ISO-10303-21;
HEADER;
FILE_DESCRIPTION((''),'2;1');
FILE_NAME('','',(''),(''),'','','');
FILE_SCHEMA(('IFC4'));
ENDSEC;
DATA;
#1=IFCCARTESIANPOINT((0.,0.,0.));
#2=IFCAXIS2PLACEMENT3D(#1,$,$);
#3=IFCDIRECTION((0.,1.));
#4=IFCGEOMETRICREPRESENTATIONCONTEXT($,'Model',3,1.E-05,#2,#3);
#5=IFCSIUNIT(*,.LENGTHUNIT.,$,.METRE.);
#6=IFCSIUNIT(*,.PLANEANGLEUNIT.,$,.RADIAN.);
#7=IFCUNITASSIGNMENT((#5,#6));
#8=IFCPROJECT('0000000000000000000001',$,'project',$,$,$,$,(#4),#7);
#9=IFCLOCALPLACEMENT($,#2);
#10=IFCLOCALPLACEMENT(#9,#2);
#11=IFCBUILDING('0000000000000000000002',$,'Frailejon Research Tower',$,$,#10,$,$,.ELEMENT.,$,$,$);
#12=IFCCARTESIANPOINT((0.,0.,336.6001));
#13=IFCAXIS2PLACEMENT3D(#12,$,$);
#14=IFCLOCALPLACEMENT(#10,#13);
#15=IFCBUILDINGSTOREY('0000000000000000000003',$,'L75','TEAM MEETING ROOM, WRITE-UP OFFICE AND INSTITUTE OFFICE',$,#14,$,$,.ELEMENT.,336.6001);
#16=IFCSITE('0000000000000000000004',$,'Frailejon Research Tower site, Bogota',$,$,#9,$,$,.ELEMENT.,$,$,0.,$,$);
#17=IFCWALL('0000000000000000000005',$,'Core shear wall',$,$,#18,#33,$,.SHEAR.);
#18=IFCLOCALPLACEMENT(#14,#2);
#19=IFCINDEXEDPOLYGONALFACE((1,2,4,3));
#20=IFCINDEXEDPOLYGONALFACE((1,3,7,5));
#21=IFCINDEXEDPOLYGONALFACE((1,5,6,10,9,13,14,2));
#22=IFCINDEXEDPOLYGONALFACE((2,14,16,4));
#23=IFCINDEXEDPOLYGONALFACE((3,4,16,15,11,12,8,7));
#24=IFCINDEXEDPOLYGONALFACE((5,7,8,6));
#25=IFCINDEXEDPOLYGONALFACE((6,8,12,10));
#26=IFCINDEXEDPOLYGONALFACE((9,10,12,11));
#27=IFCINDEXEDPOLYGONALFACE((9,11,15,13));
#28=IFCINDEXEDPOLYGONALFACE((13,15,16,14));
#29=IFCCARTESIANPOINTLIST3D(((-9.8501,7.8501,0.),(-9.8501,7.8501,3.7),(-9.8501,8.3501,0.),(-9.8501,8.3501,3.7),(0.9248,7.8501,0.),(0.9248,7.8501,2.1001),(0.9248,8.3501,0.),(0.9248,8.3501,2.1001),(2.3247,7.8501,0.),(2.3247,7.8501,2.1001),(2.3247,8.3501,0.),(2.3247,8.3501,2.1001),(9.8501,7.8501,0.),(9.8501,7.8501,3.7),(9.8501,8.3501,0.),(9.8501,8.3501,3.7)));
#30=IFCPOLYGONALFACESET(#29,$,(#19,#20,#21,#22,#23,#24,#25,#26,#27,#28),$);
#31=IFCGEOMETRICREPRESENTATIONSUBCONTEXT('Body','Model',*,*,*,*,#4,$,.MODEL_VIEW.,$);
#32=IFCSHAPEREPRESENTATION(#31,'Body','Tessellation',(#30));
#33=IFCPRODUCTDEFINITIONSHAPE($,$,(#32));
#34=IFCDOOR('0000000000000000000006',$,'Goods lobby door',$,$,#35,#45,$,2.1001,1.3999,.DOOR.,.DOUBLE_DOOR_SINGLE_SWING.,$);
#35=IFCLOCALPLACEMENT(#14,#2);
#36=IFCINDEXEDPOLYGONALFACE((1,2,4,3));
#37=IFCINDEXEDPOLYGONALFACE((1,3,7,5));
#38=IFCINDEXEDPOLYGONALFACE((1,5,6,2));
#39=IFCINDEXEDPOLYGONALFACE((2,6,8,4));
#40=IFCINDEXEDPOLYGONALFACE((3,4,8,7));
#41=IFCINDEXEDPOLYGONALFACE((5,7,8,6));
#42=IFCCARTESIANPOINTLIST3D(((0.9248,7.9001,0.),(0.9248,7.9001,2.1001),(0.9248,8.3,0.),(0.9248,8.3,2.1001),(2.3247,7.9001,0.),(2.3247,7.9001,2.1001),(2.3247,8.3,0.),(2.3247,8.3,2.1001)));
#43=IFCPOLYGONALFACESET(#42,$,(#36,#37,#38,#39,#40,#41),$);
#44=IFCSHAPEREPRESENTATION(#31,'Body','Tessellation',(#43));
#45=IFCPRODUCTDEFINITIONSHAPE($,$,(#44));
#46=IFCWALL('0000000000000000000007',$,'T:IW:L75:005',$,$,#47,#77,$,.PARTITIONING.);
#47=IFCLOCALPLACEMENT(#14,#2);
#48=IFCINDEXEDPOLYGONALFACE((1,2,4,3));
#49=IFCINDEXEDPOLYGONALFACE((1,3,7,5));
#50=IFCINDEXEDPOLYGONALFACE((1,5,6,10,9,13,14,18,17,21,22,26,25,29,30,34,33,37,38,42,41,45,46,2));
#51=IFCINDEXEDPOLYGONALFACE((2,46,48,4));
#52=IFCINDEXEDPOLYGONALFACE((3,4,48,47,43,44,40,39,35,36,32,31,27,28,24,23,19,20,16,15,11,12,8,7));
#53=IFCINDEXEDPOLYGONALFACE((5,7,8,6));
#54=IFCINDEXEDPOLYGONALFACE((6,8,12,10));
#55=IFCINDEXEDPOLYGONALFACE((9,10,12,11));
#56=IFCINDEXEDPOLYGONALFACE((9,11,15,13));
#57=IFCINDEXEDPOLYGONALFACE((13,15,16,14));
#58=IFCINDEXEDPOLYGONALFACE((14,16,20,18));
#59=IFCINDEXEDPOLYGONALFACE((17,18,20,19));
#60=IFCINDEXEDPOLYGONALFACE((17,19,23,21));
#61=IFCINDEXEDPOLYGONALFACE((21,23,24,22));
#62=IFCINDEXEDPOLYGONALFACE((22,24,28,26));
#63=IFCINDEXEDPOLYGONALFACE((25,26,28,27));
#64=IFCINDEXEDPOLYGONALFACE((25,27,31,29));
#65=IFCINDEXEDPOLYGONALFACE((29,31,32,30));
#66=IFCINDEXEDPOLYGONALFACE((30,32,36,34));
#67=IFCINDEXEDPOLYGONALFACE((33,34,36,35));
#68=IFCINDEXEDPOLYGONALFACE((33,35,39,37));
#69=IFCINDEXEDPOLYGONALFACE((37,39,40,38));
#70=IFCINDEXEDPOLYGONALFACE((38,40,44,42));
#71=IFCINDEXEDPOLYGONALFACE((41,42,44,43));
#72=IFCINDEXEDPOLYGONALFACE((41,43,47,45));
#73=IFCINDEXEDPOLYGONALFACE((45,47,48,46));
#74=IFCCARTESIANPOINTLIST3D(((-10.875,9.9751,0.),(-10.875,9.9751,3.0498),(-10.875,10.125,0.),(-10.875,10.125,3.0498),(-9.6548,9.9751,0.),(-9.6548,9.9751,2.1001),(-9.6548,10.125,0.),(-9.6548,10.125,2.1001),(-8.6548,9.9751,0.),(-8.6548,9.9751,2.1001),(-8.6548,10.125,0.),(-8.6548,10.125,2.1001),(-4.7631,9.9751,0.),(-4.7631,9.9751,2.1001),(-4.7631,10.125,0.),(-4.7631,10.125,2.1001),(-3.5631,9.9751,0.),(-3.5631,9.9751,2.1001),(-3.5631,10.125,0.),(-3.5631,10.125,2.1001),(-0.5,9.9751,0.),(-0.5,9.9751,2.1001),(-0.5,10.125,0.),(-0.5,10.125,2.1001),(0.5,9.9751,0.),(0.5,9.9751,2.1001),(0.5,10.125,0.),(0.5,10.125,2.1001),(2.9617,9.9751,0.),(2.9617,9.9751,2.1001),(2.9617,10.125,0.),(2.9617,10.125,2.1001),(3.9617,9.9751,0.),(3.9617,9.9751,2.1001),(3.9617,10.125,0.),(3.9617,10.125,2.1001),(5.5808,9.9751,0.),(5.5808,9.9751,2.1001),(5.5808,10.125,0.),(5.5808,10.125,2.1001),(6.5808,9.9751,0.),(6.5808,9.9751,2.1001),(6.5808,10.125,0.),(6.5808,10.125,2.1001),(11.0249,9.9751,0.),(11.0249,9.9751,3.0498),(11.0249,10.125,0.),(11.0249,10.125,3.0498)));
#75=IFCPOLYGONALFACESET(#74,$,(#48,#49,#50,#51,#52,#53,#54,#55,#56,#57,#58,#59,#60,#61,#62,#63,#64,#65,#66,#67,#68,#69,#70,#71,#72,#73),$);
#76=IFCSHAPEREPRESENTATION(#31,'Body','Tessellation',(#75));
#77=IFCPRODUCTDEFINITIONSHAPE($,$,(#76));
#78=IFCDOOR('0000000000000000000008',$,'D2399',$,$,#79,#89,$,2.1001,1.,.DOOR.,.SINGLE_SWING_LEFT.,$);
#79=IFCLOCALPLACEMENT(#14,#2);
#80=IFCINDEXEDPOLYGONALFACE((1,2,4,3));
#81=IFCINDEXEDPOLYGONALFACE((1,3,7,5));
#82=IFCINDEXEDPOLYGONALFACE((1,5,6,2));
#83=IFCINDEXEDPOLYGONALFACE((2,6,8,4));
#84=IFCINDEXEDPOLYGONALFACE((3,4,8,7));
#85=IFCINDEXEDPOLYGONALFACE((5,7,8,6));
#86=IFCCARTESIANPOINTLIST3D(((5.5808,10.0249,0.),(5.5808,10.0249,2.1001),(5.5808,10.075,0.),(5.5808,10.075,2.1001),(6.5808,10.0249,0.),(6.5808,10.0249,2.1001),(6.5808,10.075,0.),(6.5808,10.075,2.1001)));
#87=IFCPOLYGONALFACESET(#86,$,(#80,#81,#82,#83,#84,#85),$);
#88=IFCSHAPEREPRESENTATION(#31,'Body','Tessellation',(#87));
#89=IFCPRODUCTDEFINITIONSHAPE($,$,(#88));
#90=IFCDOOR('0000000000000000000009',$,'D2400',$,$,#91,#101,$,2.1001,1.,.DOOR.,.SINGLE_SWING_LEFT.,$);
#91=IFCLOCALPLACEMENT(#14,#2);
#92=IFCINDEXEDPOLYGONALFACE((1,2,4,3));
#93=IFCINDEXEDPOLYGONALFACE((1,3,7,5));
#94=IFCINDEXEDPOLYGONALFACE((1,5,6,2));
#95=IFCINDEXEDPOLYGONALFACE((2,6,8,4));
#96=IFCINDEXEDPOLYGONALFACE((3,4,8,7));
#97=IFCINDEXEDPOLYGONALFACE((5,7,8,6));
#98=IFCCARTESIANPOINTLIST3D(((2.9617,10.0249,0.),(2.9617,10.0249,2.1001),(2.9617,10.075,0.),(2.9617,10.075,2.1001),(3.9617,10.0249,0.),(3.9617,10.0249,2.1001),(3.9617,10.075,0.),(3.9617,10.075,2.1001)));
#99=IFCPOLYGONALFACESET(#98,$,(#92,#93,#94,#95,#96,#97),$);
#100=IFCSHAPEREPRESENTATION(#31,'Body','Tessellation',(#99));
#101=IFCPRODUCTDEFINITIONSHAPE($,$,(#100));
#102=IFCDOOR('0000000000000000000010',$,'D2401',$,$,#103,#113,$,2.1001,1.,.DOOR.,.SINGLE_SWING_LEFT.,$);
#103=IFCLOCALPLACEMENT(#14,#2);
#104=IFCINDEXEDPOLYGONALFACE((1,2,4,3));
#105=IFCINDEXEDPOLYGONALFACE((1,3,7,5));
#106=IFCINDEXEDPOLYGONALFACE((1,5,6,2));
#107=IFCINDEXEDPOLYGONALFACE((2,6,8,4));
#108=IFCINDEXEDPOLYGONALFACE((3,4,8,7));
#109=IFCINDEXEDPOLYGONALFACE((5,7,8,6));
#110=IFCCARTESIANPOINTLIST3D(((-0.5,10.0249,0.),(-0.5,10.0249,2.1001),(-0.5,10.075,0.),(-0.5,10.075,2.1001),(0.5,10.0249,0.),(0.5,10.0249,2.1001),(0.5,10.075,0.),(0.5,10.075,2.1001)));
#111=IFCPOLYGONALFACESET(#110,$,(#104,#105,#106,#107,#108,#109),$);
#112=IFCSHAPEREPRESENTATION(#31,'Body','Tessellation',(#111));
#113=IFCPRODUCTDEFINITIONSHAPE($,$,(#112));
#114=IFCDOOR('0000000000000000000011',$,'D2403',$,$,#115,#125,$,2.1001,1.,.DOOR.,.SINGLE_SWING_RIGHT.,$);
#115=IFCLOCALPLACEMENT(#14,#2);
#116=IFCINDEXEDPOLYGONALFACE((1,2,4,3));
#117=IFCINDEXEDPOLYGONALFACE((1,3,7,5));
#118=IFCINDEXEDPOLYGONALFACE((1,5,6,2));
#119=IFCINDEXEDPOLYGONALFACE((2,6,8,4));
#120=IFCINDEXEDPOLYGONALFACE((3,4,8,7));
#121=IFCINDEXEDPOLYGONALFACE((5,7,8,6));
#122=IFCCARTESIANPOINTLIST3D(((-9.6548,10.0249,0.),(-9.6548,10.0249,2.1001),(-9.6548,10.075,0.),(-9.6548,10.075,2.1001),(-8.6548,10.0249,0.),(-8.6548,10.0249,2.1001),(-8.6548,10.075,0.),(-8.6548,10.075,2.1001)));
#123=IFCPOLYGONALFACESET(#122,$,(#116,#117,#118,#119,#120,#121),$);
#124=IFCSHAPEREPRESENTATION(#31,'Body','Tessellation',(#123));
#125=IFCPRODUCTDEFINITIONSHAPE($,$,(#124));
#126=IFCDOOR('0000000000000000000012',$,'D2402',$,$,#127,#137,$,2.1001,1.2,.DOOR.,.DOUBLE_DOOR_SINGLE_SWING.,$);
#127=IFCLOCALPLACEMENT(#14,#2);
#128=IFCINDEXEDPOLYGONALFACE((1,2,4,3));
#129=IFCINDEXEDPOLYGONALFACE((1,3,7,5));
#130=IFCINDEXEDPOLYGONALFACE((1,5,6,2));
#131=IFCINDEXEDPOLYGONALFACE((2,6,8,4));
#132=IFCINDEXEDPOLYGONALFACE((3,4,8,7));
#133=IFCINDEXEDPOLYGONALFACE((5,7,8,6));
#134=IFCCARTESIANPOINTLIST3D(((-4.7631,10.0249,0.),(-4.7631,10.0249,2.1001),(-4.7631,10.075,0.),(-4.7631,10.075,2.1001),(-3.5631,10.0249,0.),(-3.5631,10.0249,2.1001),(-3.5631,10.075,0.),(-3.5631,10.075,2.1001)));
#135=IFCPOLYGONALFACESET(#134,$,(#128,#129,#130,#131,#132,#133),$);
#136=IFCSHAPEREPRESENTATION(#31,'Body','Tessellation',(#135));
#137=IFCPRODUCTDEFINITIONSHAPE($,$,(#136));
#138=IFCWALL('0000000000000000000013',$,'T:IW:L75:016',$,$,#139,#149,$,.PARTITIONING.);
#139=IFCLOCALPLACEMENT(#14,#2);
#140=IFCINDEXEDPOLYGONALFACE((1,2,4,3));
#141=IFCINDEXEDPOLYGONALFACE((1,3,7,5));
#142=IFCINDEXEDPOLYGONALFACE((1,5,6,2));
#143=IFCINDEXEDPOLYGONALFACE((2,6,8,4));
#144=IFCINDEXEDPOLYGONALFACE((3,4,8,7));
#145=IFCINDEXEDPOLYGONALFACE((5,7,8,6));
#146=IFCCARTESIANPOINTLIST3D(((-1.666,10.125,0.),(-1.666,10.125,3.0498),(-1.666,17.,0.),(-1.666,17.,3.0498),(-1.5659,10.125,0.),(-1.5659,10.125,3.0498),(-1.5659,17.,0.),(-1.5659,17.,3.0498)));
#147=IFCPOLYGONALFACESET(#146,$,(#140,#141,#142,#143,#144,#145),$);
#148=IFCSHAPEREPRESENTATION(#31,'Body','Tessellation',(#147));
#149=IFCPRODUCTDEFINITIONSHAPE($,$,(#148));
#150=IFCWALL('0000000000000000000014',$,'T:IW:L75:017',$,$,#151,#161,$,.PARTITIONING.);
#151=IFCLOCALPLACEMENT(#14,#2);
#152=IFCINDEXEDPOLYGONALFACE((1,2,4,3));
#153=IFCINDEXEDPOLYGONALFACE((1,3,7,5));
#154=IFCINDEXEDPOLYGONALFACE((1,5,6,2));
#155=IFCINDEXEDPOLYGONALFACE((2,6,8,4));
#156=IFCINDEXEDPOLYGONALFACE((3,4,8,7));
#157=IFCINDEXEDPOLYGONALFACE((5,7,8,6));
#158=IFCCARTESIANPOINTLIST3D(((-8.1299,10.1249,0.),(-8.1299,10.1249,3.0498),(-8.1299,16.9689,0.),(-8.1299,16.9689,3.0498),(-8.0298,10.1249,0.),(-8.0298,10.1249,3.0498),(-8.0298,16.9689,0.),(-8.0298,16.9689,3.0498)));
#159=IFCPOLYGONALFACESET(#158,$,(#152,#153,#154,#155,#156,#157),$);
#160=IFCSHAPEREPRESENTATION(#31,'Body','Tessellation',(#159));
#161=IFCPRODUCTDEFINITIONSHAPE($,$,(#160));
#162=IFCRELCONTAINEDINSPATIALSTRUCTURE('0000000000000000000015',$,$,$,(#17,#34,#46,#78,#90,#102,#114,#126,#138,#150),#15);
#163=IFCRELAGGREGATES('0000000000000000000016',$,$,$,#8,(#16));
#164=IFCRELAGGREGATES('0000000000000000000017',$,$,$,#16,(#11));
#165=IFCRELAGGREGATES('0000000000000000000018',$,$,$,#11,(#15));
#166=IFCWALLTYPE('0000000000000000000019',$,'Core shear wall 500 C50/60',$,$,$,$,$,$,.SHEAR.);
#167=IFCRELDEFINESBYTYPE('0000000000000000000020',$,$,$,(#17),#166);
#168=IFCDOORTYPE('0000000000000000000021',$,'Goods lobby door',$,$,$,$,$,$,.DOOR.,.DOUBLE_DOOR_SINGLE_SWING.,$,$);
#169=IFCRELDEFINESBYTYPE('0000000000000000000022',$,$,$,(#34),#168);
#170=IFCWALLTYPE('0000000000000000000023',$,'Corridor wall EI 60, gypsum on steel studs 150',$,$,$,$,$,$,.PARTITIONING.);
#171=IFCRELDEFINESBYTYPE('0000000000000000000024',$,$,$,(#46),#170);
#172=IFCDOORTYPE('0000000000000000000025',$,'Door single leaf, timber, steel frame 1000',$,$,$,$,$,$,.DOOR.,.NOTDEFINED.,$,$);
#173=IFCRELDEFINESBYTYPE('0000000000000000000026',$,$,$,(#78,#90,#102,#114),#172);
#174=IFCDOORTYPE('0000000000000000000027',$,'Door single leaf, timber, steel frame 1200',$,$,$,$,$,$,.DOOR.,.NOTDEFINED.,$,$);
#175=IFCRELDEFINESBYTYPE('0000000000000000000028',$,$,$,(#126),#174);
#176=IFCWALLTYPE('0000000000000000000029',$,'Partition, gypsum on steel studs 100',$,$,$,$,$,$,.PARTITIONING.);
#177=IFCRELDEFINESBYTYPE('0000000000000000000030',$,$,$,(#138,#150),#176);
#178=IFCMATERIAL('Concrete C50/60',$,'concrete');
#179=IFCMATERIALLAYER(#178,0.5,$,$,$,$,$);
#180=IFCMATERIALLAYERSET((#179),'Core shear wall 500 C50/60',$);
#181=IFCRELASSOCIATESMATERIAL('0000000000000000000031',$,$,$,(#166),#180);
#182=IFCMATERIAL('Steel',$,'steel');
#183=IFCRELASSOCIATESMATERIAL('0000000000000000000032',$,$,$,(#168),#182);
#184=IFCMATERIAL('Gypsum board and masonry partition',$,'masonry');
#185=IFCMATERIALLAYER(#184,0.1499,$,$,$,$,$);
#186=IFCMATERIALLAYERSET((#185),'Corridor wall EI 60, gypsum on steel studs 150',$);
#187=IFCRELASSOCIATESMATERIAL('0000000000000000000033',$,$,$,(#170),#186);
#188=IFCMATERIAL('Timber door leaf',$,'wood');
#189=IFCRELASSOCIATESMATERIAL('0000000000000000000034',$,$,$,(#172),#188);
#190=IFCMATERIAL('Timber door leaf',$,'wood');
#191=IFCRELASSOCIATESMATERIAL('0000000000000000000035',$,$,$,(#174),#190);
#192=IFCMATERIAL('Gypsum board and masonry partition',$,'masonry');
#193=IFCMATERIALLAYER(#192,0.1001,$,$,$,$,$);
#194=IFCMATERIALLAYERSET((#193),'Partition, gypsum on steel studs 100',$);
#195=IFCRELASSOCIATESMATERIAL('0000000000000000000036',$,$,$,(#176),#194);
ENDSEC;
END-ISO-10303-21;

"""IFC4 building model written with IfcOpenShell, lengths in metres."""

from ifc_helpers import new_model, si_unit, direction, frame, frame_2d, origin, place, context, subcontext, project, spatial, rectangle, extrude, material, layer, layer_set, type_object, element, fill, save


model = new_model("IFC4")

# Units and contexts
model_context = context("Model", 3, precision=1e-05, world=origin(), true_north=direction((0.0, 1.0)))
body_context = subcontext(model_context, "Body", "Model", "MODEL_VIEW")
ifc_project = project(units=[si_unit("LENGTHUNIT", "METRE"), si_unit("PLANEANGLEUNIT", "RADIAN")], contexts=[model_context])

# Site, building, storey
site_placement = place(None, origin())
site = spatial("IfcSite", under=ifc_project, at=site_placement, Name="Frailejon Research Tower site, Bogota", CompositionType="ELEMENT", RefElevation=0.0)
building_placement = place(site_placement, origin())
building = spatial("IfcBuilding", under=site, at=building_placement, Name="Frailejon Research Tower", CompositionType="ELEMENT")
storey_placement = place(building_placement, frame((0.0, 0.0, 336.6001)))
storey = spatial("IfcBuildingStorey", under=building, at=storey_placement, Name="L75", Description="TEAM MEETING ROOM, WRITE-UP OFFICE AND INSTITUTE OFFICE", CompositionType="ELEMENT", Elevation=336.6001)

# Wall, opening, door
ifc_material_1 = material(Name="Concrete C50/60", Category="concrete")
ifc_layer_1 = layer(ifc_material_1, 0.5)
ifc_layer_set_1 = layer_set([ifc_layer_1], Name="Core shear wall 500 C50/60")
wall_type_1 = type_object("IfcWallType", Name="Core shear wall 500 C50/60", PredefinedType="SHEAR", material=ifc_layer_set_1)
wall_1_placement = place(storey_placement, frame((-9.8501, 8.1001, 0.0), z_axis=(0.0, 0.0, 1.0), x_axis=(1.0, 0.0, 0.0)))
wall_1 = element("IfcWall", 1, at=wall_1_placement, inside=storey, type_object=wall_type_1, Name="Core shear wall", PredefinedType="SHEAR", context=body_context, shape_type="SweptSolid", body=[
    extrude(rectangle(XDim=19.7002, YDim=0.5, at=frame_2d((9.8501, 0.0))), origin(), (0.0, 0.0, 1.0), 3.7),
])
opening_1_placement = place(wall_1_placement, frame((10.7749, 0.0, 0.0)))
opening_1 = element("IfcOpeningElement", 2, at=opening_1_placement, cuts=wall_1, PredefinedType="OPENING", context=body_context, shape_type="SweptSolid", body=[
    extrude(rectangle(XDim=1.3999, YDim=2.1001, at=frame_2d((0.7, 1.05))), frame((0.0, 0.26, 0.0), z_axis=(0.0, -1.0, 0.0), x_axis=(1.0, 0.0, 0.0)), (0.0, 0.0, 1.0), 0.52),
])
ifc_material_2 = material(Name="Steel", Category="steel")
door_type_1 = type_object("IfcDoorType", Name="Goods lobby door", OperationType="DOUBLE_DOOR_SINGLE_SWING", PredefinedType="DOOR", material=ifc_material_2)
door_1_placement = place(opening_1_placement, origin())
door_1 = element("IfcDoor", 3, at=door_1_placement, inside=storey, type_object=door_type_1, Name="Goods lobby door", OperationType="DOUBLE_DOOR_SINGLE_SWING", OverallHeight=2.1001, OverallWidth=1.3999, PredefinedType="DOOR", context=body_context, shape_type="SweptSolid", body=[
    extrude(rectangle(XDim=1.3999, YDim=2.1001, at=frame_2d((0.7, 1.05))), frame((0.0, 0.2, 0.0), z_axis=(0.0, -1.0, 0.0), x_axis=(1.0, 0.0, 0.0)), (0.0, 0.0, 1.0), 0.3999),
])
fill(opening_1, door_1)

# Wall, openings, doors
ifc_material_3 = material(Name="Gypsum board and masonry partition", Category="masonry")
ifc_layer_2 = layer(ifc_material_3, 0.1499)
ifc_layer_set_2 = layer_set([ifc_layer_2], Name="Corridor wall EI 60, gypsum on steel studs 150")
wall_type_2 = type_object("IfcWallType", Name="Corridor wall EI 60, gypsum on steel studs 150", PredefinedType="PARTITIONING", material=ifc_layer_set_2)
wall_2_placement = place(storey_placement, frame((-10.875, 10.05, 0.0), z_axis=(0.0, 0.0, 1.0), x_axis=(1.0, 0.0, 0.0)))
wall_2 = element("IfcWall", 4, at=wall_2_placement, inside=storey, type_object=wall_type_2, Name="T:IW:L75:005", PredefinedType="PARTITIONING", context=body_context, shape_type="SweptSolid", body=[
    extrude(rectangle(XDim=21.8999, YDim=0.1499, at=frame_2d((10.95, 0.0))), origin(), (0.0, 0.0, 1.0), 3.0498),
])
opening_2_placement = place(wall_2_placement, frame((16.4558, 0.0, 0.0)))
opening_2 = element("IfcOpeningElement", 5, at=opening_2_placement, cuts=wall_2, PredefinedType="OPENING", context=body_context, shape_type="SweptSolid", body=[
    extrude(rectangle(XDim=1.0, YDim=2.1001, at=frame_2d((0.5, 1.05))), frame((0.0, 0.085, 0.0), z_axis=(0.0, -1.0, 0.0), x_axis=(1.0, 0.0, 0.0)), (0.0, 0.0, 1.0), 0.1699),
])
opening_3_placement = place(wall_2_placement, frame((13.8367, 0.0, 0.0)))
opening_3 = element("IfcOpeningElement", 6, at=opening_3_placement, cuts=wall_2, PredefinedType="OPENING", context=body_context, shape_type="SweptSolid", body=[
    extrude(rectangle(XDim=1.0, YDim=2.1001, at=frame_2d((0.5, 1.05))), frame((0.0, 0.085, 0.0), z_axis=(0.0, -1.0, 0.0), x_axis=(1.0, 0.0, 0.0)), (0.0, 0.0, 1.0), 0.1699),
])
opening_4_placement = place(wall_2_placement, frame((10.375, 0.0, 0.0)))
opening_4 = element("IfcOpeningElement", 7, at=opening_4_placement, cuts=wall_2, PredefinedType="OPENING", context=body_context, shape_type="SweptSolid", body=[
    extrude(rectangle(XDim=1.0, YDim=2.1001, at=frame_2d((0.5, 1.05))), frame((0.0, 0.085, 0.0), z_axis=(0.0, -1.0, 0.0), x_axis=(1.0, 0.0, 0.0)), (0.0, 0.0, 1.0), 0.1699),
])
opening_5_placement = place(wall_2_placement, frame((6.1118, 0.0, 0.0)))
opening_5 = element("IfcOpeningElement", 8, at=opening_5_placement, cuts=wall_2, PredefinedType="OPENING", context=body_context, shape_type="SweptSolid", body=[
    extrude(rectangle(XDim=1.2, YDim=2.1001, at=frame_2d((0.6001, 1.05))), frame((0.0, 0.085, 0.0), z_axis=(0.0, -1.0, 0.0), x_axis=(1.0, 0.0, 0.0)), (0.0, 0.0, 1.0), 0.1699),
])
opening_6_placement = place(wall_2_placement, frame((1.2202, 0.0, 0.0)))
opening_6 = element("IfcOpeningElement", 9, at=opening_6_placement, cuts=wall_2, PredefinedType="OPENING", context=body_context, shape_type="SweptSolid", body=[
    extrude(rectangle(XDim=1.0, YDim=2.1001, at=frame_2d((0.5, 1.05))), frame((0.0, 0.085, 0.0), z_axis=(0.0, -1.0, 0.0), x_axis=(1.0, 0.0, 0.0)), (0.0, 0.0, 1.0), 0.1699),
])
ifc_material_4 = material(Name="Timber door leaf", Category="wood")
door_type_2 = type_object("IfcDoorType", Name="Door single leaf, timber, steel frame 1000", OperationType="NOTDEFINED", PredefinedType="DOOR", material=ifc_material_4)
door_2_placement = place(opening_2_placement, origin())
door_2 = element("IfcDoor", 10, at=door_2_placement, inside=storey, type_object=door_type_2, Name="D2399", OperationType="SINGLE_SWING_LEFT", OverallHeight=2.1001, OverallWidth=1.0, PredefinedType="DOOR", context=body_context, shape_type="SweptSolid", body=[
    extrude(rectangle(XDim=1.0, YDim=2.1001, at=frame_2d((0.5, 1.05))), frame((0.0, 0.0249, 0.0), z_axis=(0.0, -1.0, 0.0), x_axis=(1.0, 0.0, 0.0)), (0.0, 0.0, 1.0), 0.05),
])
fill(opening_2, door_2)
door_3_placement = place(opening_3_placement, origin())
door_3 = element("IfcDoor", 11, at=door_3_placement, inside=storey, type_object=door_type_2, Name="D2400", OperationType="SINGLE_SWING_LEFT", OverallHeight=2.1001, OverallWidth=1.0, PredefinedType="DOOR", context=body_context, shape_type="SweptSolid", body=[
    extrude(rectangle(XDim=1.0, YDim=2.1001, at=frame_2d((0.5, 1.05))), frame((0.0, 0.0249, 0.0), z_axis=(0.0, -1.0, 0.0), x_axis=(1.0, 0.0, 0.0)), (0.0, 0.0, 1.0), 0.05),
])
fill(opening_3, door_3)
door_4_placement = place(opening_4_placement, origin())
door_4 = element("IfcDoor", 12, at=door_4_placement, inside=storey, type_object=door_type_2, Name="D2401", OperationType="SINGLE_SWING_LEFT", OverallHeight=2.1001, OverallWidth=1.0, PredefinedType="DOOR", context=body_context, shape_type="SweptSolid", body=[
    extrude(rectangle(XDim=1.0, YDim=2.1001, at=frame_2d((0.5, 1.05))), frame((0.0, 0.0249, 0.0), z_axis=(0.0, -1.0, 0.0), x_axis=(1.0, 0.0, 0.0)), (0.0, 0.0, 1.0), 0.05),
])
fill(opening_4, door_4)
door_5_placement = place(opening_6_placement, origin())
door_5 = element("IfcDoor", 13, at=door_5_placement, inside=storey, type_object=door_type_2, Name="D2403", OperationType="SINGLE_SWING_RIGHT", OverallHeight=2.1001, OverallWidth=1.0, PredefinedType="DOOR", context=body_context, shape_type="SweptSolid", body=[
    extrude(rectangle(XDim=1.0, YDim=2.1001, at=frame_2d((0.5, 1.05))), frame((0.0, 0.0249, 0.0), z_axis=(0.0, -1.0, 0.0), x_axis=(1.0, 0.0, 0.0)), (0.0, 0.0, 1.0), 0.05),
])
fill(opening_6, door_5)
ifc_material_5 = material(Name="Timber door leaf", Category="wood")
door_type_3 = type_object("IfcDoorType", Name="Door single leaf, timber, steel frame 1200", OperationType="NOTDEFINED", PredefinedType="DOOR", material=ifc_material_5)
door_6_placement = place(opening_5_placement, origin())
door_6 = element("IfcDoor", 14, at=door_6_placement, inside=storey, type_object=door_type_3, Name="D2402", OperationType="DOUBLE_DOOR_SINGLE_SWING", OverallHeight=2.1001, OverallWidth=1.2, PredefinedType="DOOR", context=body_context, shape_type="SweptSolid", body=[
    extrude(rectangle(XDim=1.2, YDim=2.1001, at=frame_2d((0.6001, 1.05))), frame((0.0, 0.0249, 0.0), z_axis=(0.0, -1.0, 0.0), x_axis=(1.0, 0.0, 0.0)), (0.0, 0.0, 1.0), 0.05),
])
fill(opening_5, door_6)

# Walls
ifc_material_6 = material(Name="Gypsum board and masonry partition", Category="masonry")
ifc_layer_3 = layer(ifc_material_6, 0.1001)
ifc_layer_set_3 = layer_set([ifc_layer_3], Name="Partition, gypsum on steel studs 100")
wall_type_3 = type_object("IfcWallType", Name="Partition, gypsum on steel studs 100", PredefinedType="PARTITIONING", material=ifc_layer_set_3)
wall_3_placement = place(storey_placement, frame((-1.616, 10.125, 0.0), z_axis=(0.0, 0.0, 1.0), x_axis=(0.0, 1.0, 0.0)))
element("IfcWall", 15, at=wall_3_placement, inside=storey, type_object=wall_type_3, Name="T:IW:L75:016", PredefinedType="PARTITIONING", context=body_context, shape_type="SweptSolid", body=[
    extrude(rectangle(XDim=6.875, YDim=0.1001, at=frame_2d((3.4375, 0.0))), origin(), (0.0, 0.0, 1.0), 3.0498),
])
wall_4_placement = place(storey_placement, frame((-8.0798, 10.125, 0.0), z_axis=(0.0, 0.0, 1.0), x_axis=(0.0, 1.0, 0.0)))
element("IfcWall", 16, at=wall_4_placement, inside=storey, type_object=wall_type_3, Name="T:IW:L75:017", PredefinedType="PARTITIONING", context=body_context, shape_type="SweptSolid", body=[
    extrude(rectangle(XDim=6.844, YDim=0.1001, at=frame_2d((3.4219, 0.0))), origin(), (0.0, 0.0, 1.0), 3.0498),
])

save(model, "model.ifc")
